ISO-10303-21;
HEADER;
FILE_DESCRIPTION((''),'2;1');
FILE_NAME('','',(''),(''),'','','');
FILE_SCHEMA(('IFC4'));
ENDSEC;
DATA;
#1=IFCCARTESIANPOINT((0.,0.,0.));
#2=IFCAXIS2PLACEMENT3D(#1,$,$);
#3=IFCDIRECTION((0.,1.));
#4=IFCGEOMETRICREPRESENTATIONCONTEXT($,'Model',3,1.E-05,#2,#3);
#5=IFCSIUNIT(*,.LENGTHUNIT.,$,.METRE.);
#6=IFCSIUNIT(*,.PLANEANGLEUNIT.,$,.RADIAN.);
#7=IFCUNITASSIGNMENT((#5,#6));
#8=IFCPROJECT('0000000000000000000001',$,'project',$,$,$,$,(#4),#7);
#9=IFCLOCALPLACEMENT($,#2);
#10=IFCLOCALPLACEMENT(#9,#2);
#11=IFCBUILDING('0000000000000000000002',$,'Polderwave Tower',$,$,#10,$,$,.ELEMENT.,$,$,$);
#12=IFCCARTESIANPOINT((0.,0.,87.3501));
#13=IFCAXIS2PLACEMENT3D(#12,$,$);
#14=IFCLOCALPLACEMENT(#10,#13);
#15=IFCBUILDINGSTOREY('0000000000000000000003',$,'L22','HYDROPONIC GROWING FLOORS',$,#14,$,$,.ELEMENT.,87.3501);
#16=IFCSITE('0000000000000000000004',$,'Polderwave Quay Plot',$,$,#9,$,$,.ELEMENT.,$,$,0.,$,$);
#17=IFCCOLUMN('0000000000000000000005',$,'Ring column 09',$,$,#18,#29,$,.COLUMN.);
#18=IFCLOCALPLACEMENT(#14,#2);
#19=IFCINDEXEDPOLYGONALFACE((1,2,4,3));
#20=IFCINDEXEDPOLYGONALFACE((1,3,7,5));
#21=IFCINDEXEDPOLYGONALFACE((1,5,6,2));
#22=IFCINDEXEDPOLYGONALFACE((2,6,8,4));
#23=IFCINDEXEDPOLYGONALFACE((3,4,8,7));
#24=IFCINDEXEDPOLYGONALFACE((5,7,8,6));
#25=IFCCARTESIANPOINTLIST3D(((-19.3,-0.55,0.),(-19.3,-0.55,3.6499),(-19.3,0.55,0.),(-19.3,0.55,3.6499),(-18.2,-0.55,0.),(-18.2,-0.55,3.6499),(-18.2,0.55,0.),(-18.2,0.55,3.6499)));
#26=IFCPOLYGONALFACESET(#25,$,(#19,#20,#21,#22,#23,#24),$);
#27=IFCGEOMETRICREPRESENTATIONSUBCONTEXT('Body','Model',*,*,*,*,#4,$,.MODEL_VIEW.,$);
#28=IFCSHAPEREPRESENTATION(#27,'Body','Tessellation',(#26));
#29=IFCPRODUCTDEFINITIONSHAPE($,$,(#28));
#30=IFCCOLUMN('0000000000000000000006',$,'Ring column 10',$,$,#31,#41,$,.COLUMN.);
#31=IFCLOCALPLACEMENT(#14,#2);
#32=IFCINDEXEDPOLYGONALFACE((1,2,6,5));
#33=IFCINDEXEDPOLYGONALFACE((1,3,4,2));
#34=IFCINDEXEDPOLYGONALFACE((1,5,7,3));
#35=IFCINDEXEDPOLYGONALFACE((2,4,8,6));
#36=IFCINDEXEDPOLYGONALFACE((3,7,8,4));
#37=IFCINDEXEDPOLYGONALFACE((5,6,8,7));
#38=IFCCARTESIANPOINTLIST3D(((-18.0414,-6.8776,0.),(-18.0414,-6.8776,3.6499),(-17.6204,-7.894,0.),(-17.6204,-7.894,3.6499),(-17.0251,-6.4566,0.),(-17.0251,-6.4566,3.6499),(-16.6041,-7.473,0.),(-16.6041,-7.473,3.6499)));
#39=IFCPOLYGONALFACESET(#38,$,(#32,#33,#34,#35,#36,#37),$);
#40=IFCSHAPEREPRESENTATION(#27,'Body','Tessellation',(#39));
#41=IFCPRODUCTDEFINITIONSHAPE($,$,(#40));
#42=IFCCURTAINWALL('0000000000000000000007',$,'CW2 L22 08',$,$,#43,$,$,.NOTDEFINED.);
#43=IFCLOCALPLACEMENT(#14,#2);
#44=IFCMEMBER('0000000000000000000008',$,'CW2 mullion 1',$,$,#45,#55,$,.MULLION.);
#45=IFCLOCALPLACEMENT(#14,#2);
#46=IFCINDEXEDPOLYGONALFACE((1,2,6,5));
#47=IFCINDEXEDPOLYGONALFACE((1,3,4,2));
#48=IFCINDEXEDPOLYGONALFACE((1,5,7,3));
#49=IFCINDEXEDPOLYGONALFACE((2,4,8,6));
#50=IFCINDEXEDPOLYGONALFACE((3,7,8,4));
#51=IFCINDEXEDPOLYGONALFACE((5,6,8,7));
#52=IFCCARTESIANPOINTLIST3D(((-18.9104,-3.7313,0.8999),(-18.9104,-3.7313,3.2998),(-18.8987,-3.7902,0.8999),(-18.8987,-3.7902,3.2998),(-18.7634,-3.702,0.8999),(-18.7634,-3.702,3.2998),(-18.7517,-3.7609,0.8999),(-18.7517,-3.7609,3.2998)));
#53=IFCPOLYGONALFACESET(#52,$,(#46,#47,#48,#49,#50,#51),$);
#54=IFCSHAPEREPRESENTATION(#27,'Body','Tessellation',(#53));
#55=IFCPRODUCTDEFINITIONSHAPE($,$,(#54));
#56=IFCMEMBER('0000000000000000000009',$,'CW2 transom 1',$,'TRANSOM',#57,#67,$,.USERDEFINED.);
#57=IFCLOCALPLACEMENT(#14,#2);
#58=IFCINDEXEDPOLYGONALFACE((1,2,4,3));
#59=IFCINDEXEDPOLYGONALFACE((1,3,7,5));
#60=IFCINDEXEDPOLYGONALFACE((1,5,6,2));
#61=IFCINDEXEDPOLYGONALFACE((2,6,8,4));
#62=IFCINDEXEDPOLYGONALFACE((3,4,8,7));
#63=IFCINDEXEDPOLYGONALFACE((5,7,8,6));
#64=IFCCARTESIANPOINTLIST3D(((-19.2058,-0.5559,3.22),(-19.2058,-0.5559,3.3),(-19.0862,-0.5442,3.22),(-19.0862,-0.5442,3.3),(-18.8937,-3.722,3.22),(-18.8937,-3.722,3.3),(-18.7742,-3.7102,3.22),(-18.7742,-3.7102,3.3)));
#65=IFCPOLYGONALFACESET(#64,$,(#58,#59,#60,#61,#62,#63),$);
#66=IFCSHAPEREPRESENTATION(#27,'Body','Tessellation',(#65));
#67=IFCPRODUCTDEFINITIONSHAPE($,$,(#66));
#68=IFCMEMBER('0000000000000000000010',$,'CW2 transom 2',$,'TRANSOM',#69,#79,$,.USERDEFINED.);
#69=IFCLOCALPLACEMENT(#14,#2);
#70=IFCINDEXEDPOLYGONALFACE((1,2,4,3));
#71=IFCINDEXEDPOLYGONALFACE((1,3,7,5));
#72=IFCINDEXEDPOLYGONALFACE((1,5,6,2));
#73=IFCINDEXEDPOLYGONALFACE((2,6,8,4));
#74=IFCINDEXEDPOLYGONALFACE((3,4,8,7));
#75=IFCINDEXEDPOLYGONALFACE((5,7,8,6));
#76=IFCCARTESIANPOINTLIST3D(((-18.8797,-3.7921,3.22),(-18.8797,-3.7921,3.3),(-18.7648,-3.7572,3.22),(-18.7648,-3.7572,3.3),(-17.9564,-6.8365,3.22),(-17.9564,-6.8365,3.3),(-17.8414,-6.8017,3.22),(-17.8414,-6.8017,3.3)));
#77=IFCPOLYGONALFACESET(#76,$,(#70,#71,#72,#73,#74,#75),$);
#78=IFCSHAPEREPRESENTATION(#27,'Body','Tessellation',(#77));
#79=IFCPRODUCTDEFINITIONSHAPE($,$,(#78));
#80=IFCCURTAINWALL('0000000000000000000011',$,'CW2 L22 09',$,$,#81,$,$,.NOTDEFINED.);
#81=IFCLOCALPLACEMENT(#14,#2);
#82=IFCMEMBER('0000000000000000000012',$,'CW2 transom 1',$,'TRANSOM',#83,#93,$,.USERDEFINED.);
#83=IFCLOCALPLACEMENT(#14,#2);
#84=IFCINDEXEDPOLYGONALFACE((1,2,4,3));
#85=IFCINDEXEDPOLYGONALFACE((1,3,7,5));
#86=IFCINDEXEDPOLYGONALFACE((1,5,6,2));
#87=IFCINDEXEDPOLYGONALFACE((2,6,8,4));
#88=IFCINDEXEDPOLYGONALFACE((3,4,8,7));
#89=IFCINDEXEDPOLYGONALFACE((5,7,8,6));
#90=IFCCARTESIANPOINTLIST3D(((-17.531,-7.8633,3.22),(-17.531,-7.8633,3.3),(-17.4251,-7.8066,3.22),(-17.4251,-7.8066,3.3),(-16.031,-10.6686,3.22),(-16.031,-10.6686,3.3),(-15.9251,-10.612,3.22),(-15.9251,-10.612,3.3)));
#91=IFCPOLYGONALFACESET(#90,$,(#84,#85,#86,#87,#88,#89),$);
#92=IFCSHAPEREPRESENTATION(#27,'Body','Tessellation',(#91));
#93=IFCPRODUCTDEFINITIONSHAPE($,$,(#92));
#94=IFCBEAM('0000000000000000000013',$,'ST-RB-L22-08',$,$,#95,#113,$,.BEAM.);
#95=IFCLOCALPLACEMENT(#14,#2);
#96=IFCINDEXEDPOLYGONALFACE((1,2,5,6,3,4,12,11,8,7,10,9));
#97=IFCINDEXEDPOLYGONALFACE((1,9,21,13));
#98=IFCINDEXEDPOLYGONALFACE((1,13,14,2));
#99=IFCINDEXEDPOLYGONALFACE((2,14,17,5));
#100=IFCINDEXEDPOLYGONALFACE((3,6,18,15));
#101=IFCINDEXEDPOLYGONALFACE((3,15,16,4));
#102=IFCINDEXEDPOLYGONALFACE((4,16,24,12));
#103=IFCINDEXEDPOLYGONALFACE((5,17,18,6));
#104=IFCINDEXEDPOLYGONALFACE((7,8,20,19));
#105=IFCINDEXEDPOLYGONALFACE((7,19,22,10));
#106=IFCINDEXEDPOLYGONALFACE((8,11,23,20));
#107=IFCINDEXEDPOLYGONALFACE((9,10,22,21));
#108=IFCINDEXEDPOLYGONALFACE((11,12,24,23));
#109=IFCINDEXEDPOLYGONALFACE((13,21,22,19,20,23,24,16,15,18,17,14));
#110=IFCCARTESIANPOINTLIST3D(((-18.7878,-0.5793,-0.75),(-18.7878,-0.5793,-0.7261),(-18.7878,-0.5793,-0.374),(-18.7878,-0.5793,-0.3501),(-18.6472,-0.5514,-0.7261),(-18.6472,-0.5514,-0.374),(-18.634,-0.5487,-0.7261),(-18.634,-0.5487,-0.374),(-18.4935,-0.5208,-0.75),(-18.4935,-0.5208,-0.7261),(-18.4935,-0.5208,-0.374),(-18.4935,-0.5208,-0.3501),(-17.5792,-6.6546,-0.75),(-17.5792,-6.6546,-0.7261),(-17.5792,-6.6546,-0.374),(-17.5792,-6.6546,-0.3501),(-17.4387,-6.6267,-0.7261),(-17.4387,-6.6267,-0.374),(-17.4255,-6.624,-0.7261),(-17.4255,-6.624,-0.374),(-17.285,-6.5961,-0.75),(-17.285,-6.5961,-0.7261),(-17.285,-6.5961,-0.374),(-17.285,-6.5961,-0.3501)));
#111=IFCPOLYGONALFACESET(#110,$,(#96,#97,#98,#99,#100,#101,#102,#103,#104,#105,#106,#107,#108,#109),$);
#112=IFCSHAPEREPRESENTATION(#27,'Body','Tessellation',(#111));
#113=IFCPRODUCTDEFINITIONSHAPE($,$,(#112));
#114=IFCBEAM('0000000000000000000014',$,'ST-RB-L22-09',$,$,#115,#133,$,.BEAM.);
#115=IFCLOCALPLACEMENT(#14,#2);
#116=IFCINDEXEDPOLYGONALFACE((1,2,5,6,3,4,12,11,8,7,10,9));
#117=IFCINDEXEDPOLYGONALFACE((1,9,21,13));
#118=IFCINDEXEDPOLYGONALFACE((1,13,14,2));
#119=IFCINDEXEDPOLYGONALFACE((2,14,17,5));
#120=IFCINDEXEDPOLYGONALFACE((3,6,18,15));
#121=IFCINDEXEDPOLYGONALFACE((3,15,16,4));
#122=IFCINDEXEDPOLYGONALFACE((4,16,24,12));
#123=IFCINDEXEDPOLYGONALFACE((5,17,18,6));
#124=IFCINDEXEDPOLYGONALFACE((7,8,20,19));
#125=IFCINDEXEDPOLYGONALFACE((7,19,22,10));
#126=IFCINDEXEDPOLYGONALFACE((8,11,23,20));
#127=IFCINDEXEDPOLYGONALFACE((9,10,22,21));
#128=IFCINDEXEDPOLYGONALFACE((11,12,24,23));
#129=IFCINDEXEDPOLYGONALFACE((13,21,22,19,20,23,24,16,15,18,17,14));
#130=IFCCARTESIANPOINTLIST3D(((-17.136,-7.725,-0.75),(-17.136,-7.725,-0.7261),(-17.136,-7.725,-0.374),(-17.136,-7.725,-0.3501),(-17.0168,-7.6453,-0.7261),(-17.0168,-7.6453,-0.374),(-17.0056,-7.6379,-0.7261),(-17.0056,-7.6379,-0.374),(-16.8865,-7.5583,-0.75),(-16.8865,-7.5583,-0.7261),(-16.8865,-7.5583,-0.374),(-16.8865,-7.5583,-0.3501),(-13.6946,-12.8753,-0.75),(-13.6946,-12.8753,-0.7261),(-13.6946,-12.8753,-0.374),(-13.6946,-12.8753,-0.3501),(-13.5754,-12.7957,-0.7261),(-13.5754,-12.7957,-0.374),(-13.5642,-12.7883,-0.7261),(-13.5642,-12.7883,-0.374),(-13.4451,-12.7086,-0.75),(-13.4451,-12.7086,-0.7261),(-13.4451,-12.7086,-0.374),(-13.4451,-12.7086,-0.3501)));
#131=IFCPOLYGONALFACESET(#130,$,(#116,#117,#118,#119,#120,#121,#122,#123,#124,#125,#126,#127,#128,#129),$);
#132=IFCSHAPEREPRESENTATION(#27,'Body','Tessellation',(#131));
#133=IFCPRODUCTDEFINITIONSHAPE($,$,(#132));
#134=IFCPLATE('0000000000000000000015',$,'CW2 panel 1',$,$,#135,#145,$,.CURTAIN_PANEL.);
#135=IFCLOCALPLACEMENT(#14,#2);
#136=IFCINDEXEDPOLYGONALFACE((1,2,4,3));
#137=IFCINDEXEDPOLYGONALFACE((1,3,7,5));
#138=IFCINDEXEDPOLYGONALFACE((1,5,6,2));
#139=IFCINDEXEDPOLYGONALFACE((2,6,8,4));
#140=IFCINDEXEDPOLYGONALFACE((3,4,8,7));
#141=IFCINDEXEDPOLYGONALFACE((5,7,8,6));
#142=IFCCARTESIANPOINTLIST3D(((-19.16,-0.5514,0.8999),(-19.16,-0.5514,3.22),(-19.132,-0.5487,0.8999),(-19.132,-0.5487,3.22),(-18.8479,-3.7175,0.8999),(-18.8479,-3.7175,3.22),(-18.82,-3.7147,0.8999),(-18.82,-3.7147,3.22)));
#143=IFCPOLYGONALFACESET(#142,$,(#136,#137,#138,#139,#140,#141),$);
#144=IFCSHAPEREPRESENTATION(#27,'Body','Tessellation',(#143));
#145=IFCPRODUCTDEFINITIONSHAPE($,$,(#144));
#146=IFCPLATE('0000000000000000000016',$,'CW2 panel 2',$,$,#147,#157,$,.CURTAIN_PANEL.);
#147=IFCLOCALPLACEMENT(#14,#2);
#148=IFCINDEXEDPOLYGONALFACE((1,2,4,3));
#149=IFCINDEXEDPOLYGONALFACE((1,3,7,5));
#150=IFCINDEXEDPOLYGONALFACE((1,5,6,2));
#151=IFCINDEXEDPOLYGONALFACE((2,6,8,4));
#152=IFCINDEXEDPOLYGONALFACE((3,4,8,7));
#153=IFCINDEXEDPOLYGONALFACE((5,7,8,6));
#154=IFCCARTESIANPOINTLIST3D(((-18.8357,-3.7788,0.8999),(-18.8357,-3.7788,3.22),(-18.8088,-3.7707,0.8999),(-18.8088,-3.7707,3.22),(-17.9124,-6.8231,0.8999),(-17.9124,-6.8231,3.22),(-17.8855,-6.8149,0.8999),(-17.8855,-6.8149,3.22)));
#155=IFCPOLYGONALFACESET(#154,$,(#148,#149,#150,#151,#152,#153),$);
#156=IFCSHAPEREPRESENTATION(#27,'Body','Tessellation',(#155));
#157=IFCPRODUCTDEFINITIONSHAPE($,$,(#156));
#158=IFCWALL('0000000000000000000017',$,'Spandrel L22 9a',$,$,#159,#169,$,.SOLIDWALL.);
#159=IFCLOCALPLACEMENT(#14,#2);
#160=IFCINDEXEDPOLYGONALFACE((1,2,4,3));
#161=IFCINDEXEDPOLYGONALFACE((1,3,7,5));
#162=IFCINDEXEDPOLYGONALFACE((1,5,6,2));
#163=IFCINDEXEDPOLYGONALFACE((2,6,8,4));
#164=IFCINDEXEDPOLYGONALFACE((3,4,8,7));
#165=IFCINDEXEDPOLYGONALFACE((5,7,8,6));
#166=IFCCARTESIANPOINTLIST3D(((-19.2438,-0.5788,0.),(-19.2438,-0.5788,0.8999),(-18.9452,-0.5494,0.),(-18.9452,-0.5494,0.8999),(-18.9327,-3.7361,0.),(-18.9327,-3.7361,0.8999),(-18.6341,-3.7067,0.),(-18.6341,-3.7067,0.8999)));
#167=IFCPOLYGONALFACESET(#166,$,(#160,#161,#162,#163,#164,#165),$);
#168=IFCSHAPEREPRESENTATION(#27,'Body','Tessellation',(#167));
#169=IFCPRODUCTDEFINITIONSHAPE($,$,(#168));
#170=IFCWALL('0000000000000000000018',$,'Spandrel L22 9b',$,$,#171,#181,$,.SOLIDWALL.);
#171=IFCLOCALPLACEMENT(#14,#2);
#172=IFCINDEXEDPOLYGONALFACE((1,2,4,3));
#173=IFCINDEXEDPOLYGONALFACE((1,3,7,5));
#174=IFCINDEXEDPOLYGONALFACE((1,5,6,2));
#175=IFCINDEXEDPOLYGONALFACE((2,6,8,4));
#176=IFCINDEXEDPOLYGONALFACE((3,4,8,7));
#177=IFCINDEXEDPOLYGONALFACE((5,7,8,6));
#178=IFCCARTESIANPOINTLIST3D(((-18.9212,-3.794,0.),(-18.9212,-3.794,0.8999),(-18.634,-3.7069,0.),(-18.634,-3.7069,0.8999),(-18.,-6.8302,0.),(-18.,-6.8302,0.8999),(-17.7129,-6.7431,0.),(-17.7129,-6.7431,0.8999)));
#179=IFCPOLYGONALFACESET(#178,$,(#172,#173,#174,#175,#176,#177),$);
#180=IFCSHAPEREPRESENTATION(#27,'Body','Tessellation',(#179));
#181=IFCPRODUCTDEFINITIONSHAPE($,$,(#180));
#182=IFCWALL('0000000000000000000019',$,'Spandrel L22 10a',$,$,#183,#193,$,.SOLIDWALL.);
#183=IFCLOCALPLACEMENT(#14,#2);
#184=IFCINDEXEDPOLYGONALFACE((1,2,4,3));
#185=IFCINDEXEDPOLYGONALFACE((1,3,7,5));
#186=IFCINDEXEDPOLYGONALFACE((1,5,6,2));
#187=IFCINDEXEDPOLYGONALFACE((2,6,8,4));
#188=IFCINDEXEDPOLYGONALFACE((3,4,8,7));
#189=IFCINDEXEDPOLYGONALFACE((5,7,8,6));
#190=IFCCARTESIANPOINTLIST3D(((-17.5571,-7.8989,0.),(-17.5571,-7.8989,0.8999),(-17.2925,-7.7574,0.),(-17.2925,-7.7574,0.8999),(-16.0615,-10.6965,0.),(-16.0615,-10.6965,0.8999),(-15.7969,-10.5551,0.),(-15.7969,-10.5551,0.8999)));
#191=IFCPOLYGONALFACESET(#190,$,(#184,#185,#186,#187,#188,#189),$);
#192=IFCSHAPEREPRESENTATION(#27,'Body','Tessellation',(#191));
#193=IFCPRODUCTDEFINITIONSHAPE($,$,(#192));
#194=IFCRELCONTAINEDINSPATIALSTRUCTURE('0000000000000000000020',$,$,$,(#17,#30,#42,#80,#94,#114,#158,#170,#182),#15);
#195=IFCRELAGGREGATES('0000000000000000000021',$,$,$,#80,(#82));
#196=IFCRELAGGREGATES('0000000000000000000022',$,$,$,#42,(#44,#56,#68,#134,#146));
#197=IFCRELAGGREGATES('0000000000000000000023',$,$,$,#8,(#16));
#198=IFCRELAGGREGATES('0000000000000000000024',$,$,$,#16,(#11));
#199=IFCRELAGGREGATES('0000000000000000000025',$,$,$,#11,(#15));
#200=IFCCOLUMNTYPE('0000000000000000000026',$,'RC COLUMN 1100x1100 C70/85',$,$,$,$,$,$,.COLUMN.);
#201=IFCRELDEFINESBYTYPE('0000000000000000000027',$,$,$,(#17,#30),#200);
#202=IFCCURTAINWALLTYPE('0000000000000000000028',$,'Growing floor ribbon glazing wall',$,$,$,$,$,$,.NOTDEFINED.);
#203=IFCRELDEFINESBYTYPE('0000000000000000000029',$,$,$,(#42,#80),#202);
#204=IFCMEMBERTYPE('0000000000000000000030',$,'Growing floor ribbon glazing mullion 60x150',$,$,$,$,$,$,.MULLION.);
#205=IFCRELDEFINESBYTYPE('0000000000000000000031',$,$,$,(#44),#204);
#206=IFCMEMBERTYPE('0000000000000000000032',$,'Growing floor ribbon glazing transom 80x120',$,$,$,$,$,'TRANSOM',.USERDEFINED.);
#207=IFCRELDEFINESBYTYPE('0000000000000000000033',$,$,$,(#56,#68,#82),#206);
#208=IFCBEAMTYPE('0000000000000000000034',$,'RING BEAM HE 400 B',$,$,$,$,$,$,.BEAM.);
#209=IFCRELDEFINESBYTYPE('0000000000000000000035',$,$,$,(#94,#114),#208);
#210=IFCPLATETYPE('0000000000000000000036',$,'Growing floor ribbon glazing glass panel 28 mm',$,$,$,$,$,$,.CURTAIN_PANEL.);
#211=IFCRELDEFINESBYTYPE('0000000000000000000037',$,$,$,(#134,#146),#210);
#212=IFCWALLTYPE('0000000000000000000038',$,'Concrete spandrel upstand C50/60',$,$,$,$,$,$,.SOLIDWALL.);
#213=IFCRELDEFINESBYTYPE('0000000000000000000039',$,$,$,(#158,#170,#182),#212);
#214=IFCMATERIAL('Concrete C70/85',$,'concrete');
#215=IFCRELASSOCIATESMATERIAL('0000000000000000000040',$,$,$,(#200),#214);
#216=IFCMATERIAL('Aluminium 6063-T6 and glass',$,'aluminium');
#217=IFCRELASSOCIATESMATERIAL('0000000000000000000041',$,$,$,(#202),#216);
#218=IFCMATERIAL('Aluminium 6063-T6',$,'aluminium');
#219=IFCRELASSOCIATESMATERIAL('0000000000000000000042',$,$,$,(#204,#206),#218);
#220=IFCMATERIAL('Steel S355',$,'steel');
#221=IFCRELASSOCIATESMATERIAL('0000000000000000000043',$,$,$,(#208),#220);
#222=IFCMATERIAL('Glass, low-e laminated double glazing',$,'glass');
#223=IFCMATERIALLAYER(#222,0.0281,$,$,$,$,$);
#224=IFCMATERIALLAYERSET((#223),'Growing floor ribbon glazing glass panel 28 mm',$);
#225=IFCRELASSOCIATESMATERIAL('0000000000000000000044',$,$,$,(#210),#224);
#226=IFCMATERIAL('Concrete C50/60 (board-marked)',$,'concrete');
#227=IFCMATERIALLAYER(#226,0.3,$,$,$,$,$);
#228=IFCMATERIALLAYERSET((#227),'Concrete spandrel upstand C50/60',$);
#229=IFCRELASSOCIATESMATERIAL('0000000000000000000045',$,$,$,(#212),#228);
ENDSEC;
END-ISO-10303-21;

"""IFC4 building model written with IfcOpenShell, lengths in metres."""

from ifc_helpers import new_model, si_unit, direction, frame, frame_2d, origin, origin_2d, place, context, subcontext, project, spatial, rectangle, i_section, extrude, material, layer, layer_set, material_profile, profile_set, type_object, element, aggregate, save


model = new_model("IFC4")

# Units and contexts
model_context = context("Model", 3, precision=1e-05, world=origin(), true_north=direction((0.0, 1.0)))
body_context = subcontext(model_context, "Body", "Model", "MODEL_VIEW")
ifc_project = project(units=[si_unit("LENGTHUNIT", "METRE"), si_unit("PLANEANGLEUNIT", "RADIAN")], contexts=[model_context])

# Site, building, storey
site_placement = place(None, origin())
site = spatial("IfcSite", under=ifc_project, at=site_placement, Name="Polderwave Quay Plot", CompositionType="ELEMENT", RefElevation=0.0)
building_placement = place(site_placement, origin())
building = spatial("IfcBuilding", under=site, at=building_placement, Name="Polderwave Tower", CompositionType="ELEMENT")
storey_placement = place(building_placement, frame((0.0, 0.0, 87.3501)))
storey = spatial("IfcBuildingStorey", under=building, at=storey_placement, Name="L22", Description="HYDROPONIC GROWING FLOORS", CompositionType="ELEMENT", Elevation=87.3501)

# Columns
ifc_material_1 = material(Name="Concrete C70/85", Category="concrete")
ifc_material_profile_1 = material_profile(ifc_material_1, rectangle(XDim=1.1001, YDim=1.1001, at=origin_2d()), Name="RC 1100x1100")
ifc_profile_set_1 = profile_set([ifc_material_profile_1], Name="Concrete C70/85")
column_type = type_object("IfcColumnType", Name="RC COLUMN 1100x1100 C70/85", PredefinedType="COLUMN", material=ifc_profile_set_1)
for number, where, z_axis, x_axis, name in (
    (1, (-18.75, 0.0, 0.0), (0.0, 0.0, 1.0), (-1.0, 0.0, 0.0), "Ring column 09"),
    (2, (-17.3228, -7.1753, 0.0), (0.0, 0.0, 1.0), (-0.92388, -0.382683, 0.0), "Ring column 10"),
):
    element("IfcColumn", number, at=place(storey_placement, frame(where, z_axis=z_axis, x_axis=x_axis)), inside=storey, type_object=column_type, Name=name, PredefinedType="COLUMN", context=body_context, shape_type="SweptSolid", body=[
        extrude(rectangle(XDim=1.1001, YDim=1.1001, at=origin_2d()), origin(), (0.0, 0.0, 1.0), 3.6499),
    ])

# Curtain wall, members
ifc_material_2 = material(Name="Aluminium 6063-T6 and glass", Category="aluminium")
curtain_wall_type = type_object("IfcCurtainWallType", Name="Growing floor ribbon glazing wall", PredefinedType="NOTDEFINED", material=ifc_material_2)
curtain_wall_1_placement = place(storey_placement, origin())
curtain_wall_1 = element("IfcCurtainWall", 3, at=curtain_wall_1_placement, inside=storey, type_object=curtain_wall_type, Name="CW2 L22 08", PredefinedType="NOTDEFINED")
ifc_material_3 = material(Name="Aluminium 6063-T6", Category="aluminium")
ifc_material_profile_2 = material_profile(ifc_material_3, rectangle(XDim=0.1499, YDim=0.0601, at=origin_2d()), Name="AL 60x150")
ifc_profile_set_2 = profile_set([ifc_material_profile_2], Name="Aluminium 6063-T6")
member_type_1 = type_object("IfcMemberType", Name="Growing floor ribbon glazing mullion 60x150", PredefinedType="MULLION", material=ifc_profile_set_2)
member_1_placement = place(storey_placement, frame((-18.8311, -3.7461, 0.8999), z_axis=(0.0, 0.0, 1.0), x_axis=(0.980784, 0.195097, 0.0)))
member_1 = element("IfcMember", 4, at=member_1_placement, type_object=member_type_1, Name="CW2 mullion 1", PredefinedType="MULLION", context=body_context, shape_type="SweptSolid", body=[
    extrude(rectangle(XDim=0.1499, YDim=0.0601, at=origin_2d()), origin(), (0.0, 0.0, 1.0), 2.3999),
])
ifc_material_profile_3 = material_profile(ifc_material_3, rectangle(XDim=0.1201, YDim=0.0801, at=origin_2d()), Name="AL 80x120")
ifc_profile_set_3 = profile_set([ifc_material_profile_3], Name="Aluminium 6063-T6")
member_type_2 = type_object("IfcMemberType", Name="Growing floor ribbon glazing transom 80x120", ElementType="TRANSOM", PredefinedType="USERDEFINED", material=ifc_profile_set_3)
member_2_placement = place(storey_placement, frame((-19.146, -0.55, 3.26), z_axis=(0.098075, -0.995179, 0.0), x_axis=(0.995179, 0.098075, 0.0)))
member_2 = element("IfcMember", 5, at=member_2_placement, type_object=member_type_2, Name="CW2 transom 1", ObjectType="TRANSOM", PredefinedType="USERDEFINED", context=body_context, shape_type="SweptSolid", body=[
    extrude(rectangle(XDim=0.1201, YDim=0.0801, at=origin_2d()), origin(), (0.0, 0.0, 1.0), 3.1814),
])
member_3_placement = place(storey_placement, frame((-18.8223, -3.7747, 3.26), z_axis=(0.290233, -0.956956, 0.0), x_axis=(0.956956, 0.290233, 0.0)))
member_3 = element("IfcMember", 6, at=member_3_placement, type_object=member_type_2, Name="CW2 transom 2", ObjectType="TRANSOM", PredefinedType="USERDEFINED", context=body_context, shape_type="SweptSolid", body=[
    extrude(rectangle(XDim=0.1201, YDim=0.0801, at=origin_2d()), origin(), (0.0, 0.0, 1.0), 3.1814),
])

# Curtain wall, member
curtain_wall_2_placement = place(storey_placement, origin())
curtain_wall_2 = element("IfcCurtainWall", 7, at=curtain_wall_2_placement, inside=storey, type_object=curtain_wall_type, Name="CW2 L22 09", PredefinedType="NOTDEFINED")
member_4_placement = place(storey_placement, frame((-17.478, -7.835, 3.26), z_axis=(0.471512, -0.88186, 0.0), x_axis=(0.88186, 0.471512, 0.0)))
member_4 = element("IfcMember", 8, at=member_4_placement, type_object=member_type_2, Name="CW2 transom 1", ObjectType="TRANSOM", PredefinedType="USERDEFINED", context=body_context, shape_type="SweptSolid", body=[
    extrude(rectangle(XDim=0.1201, YDim=0.0801, at=origin_2d()), origin(), (0.0, 0.0, 1.0), 3.1812),
])
aggregate(curtain_wall_2, [member_4])

# Beams
ifc_material_4 = material(Name="Steel S355", Category="steel")
ifc_material_profile_4 = material_profile(ifc_material_4, i_section(OverallWidth=0.3, OverallDepth=0.3999, WebThickness=0.0134, FlangeThickness=0.0239, at=origin_2d()), Name="HE 400 B")
ifc_profile_set_4 = profile_set([ifc_material_profile_4], Name="Steel S355")
beam_type = type_object("IfcBeamType", Name="RING BEAM HE 400 B", PredefinedType="BEAM", material=ifc_profile_set_4)
for number, where, z_axis, x_axis, name in (
    (9, (-18.6406, -0.55, -0.55), (0.1951, -0.980783, 0.0), (0.980783, 0.1951, 0.0), "ST-RB-L22-08"),
    (10, (-17.0112, -7.6416, -0.55), (0.555573, -0.831468, 0.0), (0.831468, 0.555573, 0.0), "ST-RB-L22-09"),
):
    element("IfcBeam", number, at=place(storey_placement, frame(where, z_axis=z_axis, x_axis=x_axis)), inside=storey, type_object=beam_type, Name=name, PredefinedType="BEAM", context=body_context, shape_type="SweptSolid", body=[
        extrude(i_section(OverallWidth=0.3, OverallDepth=0.3999, WebThickness=0.0134, FlangeThickness=0.0239, at=origin_2d()), origin(), (0.0, 0.0, 1.0), 6.1943),
    ])

# Plates
ifc_material_5 = material(Name="Glass, low-e laminated double glazing", Category="glass")
ifc_layer_1 = layer(ifc_material_5, 0.0281)
ifc_layer_set_1 = layer_set([ifc_layer_1], Name="Growing floor ribbon glazing glass panel 28 mm")
plate_type = type_object("IfcPlateType", Name="Growing floor ribbon glazing glass panel 28 mm", PredefinedType="CURTAIN_PANEL", material=ifc_layer_set_1)
plate_1_placement = place(storey_placement, frame((-18.99, -2.1331, 0.8999), z_axis=(0.0, 0.0, 1.0), x_axis=(0.098085, -0.995178, 0.0)))
plate_1 = element("IfcPlate", 11, at=plate_1_placement, type_object=plate_type, Name="CW2 panel 1", PredefinedType="CURTAIN_PANEL", context=body_context, shape_type="SweptSolid", body=[
    extrude(rectangle(XDim=3.1814, YDim=0.0281, at=origin_2d()), origin(), (0.0, 0.0, 1.0), 2.3201),
])
plate_2_placement = place(storey_placement, frame((-18.3606, -5.2969, 0.8999), z_axis=(0.0, 0.0, 1.0), x_axis=(0.290233, -0.956956, 0.0)))
plate_2 = element("IfcPlate", 12, at=plate_2_placement, type_object=plate_type, Name="CW2 panel 2", PredefinedType="CURTAIN_PANEL", context=body_context, shape_type="SweptSolid", body=[
    extrude(rectangle(XDim=3.1812, YDim=0.0281, at=origin_2d()), origin(), (0.0, 0.0, 1.0), 2.3201),
])
aggregate(curtain_wall_1, [member_1, member_2, member_3, plate_1, plate_2])

# Walls
ifc_material_6 = material(Name="Concrete C50/60 (board-marked)", Category="concrete")
ifc_layer_2 = layer(ifc_material_6, 0.3)
ifc_layer_set_2 = layer_set([ifc_layer_2], Name="Concrete spandrel upstand C50/60")
wall_type_1 = type_object("IfcWallType", Name="Concrete spandrel upstand C50/60", PredefinedType="SOLIDWALL", material=ifc_layer_set_2)
wall_1_placement = place(storey_placement, frame((-19.0945, -0.564, 0.0), z_axis=(0.0, 0.0, 1.0), x_axis=(0.098041, -0.995182, 0.0)))
element("IfcWall", 13, at=wall_1_placement, inside=storey, type_object=wall_type_1, Name="Spandrel L22 9a", PredefinedType="SOLIDWALL", context=body_context, shape_type="SweptSolid", body=[
    extrude(rectangle(XDim=3.1726, YDim=0.3, at=frame_2d((1.5864, 0.0))), origin(), (0.0, 0.0, 1.0), 0.8999),
])
wall_2_placement = place(storey_placement, frame((-18.7776, -3.7505, 0.0), z_axis=(0.0, 0.0, 1.0), x_axis=(0.290326, -0.956928, 0.0)))
element("IfcWall", 14, at=wall_2_placement, inside=storey, type_object=wall_type_1, Name="Spandrel L22 9b", PredefinedType="SOLIDWALL", context=body_context, shape_type="SweptSolid", body=[
    extrude(rectangle(XDim=3.1729, YDim=0.3, at=frame_2d((1.5864, 0.0))), origin(), (0.0, 0.0, 1.0), 0.8999),
])
wall_3_placement = place(storey_placement, frame((-17.4248, -7.8281, 0.0), z_axis=(0.0, 0.0, 1.0), x_axis=(0.471459, -0.881888, 0.0)))
element("IfcWall", 15, at=wall_3_placement, inside=storey, type_object=wall_type_1, Name="Spandrel L22 10a", PredefinedType="SOLIDWALL", context=body_context, shape_type="SweptSolid", body=[
    extrude(rectangle(XDim=3.1724, YDim=0.3, at=frame_2d((1.5862, 0.0))), origin(), (0.0, 0.0, 1.0), 0.8999),
])

save(model, "model.ifc")
